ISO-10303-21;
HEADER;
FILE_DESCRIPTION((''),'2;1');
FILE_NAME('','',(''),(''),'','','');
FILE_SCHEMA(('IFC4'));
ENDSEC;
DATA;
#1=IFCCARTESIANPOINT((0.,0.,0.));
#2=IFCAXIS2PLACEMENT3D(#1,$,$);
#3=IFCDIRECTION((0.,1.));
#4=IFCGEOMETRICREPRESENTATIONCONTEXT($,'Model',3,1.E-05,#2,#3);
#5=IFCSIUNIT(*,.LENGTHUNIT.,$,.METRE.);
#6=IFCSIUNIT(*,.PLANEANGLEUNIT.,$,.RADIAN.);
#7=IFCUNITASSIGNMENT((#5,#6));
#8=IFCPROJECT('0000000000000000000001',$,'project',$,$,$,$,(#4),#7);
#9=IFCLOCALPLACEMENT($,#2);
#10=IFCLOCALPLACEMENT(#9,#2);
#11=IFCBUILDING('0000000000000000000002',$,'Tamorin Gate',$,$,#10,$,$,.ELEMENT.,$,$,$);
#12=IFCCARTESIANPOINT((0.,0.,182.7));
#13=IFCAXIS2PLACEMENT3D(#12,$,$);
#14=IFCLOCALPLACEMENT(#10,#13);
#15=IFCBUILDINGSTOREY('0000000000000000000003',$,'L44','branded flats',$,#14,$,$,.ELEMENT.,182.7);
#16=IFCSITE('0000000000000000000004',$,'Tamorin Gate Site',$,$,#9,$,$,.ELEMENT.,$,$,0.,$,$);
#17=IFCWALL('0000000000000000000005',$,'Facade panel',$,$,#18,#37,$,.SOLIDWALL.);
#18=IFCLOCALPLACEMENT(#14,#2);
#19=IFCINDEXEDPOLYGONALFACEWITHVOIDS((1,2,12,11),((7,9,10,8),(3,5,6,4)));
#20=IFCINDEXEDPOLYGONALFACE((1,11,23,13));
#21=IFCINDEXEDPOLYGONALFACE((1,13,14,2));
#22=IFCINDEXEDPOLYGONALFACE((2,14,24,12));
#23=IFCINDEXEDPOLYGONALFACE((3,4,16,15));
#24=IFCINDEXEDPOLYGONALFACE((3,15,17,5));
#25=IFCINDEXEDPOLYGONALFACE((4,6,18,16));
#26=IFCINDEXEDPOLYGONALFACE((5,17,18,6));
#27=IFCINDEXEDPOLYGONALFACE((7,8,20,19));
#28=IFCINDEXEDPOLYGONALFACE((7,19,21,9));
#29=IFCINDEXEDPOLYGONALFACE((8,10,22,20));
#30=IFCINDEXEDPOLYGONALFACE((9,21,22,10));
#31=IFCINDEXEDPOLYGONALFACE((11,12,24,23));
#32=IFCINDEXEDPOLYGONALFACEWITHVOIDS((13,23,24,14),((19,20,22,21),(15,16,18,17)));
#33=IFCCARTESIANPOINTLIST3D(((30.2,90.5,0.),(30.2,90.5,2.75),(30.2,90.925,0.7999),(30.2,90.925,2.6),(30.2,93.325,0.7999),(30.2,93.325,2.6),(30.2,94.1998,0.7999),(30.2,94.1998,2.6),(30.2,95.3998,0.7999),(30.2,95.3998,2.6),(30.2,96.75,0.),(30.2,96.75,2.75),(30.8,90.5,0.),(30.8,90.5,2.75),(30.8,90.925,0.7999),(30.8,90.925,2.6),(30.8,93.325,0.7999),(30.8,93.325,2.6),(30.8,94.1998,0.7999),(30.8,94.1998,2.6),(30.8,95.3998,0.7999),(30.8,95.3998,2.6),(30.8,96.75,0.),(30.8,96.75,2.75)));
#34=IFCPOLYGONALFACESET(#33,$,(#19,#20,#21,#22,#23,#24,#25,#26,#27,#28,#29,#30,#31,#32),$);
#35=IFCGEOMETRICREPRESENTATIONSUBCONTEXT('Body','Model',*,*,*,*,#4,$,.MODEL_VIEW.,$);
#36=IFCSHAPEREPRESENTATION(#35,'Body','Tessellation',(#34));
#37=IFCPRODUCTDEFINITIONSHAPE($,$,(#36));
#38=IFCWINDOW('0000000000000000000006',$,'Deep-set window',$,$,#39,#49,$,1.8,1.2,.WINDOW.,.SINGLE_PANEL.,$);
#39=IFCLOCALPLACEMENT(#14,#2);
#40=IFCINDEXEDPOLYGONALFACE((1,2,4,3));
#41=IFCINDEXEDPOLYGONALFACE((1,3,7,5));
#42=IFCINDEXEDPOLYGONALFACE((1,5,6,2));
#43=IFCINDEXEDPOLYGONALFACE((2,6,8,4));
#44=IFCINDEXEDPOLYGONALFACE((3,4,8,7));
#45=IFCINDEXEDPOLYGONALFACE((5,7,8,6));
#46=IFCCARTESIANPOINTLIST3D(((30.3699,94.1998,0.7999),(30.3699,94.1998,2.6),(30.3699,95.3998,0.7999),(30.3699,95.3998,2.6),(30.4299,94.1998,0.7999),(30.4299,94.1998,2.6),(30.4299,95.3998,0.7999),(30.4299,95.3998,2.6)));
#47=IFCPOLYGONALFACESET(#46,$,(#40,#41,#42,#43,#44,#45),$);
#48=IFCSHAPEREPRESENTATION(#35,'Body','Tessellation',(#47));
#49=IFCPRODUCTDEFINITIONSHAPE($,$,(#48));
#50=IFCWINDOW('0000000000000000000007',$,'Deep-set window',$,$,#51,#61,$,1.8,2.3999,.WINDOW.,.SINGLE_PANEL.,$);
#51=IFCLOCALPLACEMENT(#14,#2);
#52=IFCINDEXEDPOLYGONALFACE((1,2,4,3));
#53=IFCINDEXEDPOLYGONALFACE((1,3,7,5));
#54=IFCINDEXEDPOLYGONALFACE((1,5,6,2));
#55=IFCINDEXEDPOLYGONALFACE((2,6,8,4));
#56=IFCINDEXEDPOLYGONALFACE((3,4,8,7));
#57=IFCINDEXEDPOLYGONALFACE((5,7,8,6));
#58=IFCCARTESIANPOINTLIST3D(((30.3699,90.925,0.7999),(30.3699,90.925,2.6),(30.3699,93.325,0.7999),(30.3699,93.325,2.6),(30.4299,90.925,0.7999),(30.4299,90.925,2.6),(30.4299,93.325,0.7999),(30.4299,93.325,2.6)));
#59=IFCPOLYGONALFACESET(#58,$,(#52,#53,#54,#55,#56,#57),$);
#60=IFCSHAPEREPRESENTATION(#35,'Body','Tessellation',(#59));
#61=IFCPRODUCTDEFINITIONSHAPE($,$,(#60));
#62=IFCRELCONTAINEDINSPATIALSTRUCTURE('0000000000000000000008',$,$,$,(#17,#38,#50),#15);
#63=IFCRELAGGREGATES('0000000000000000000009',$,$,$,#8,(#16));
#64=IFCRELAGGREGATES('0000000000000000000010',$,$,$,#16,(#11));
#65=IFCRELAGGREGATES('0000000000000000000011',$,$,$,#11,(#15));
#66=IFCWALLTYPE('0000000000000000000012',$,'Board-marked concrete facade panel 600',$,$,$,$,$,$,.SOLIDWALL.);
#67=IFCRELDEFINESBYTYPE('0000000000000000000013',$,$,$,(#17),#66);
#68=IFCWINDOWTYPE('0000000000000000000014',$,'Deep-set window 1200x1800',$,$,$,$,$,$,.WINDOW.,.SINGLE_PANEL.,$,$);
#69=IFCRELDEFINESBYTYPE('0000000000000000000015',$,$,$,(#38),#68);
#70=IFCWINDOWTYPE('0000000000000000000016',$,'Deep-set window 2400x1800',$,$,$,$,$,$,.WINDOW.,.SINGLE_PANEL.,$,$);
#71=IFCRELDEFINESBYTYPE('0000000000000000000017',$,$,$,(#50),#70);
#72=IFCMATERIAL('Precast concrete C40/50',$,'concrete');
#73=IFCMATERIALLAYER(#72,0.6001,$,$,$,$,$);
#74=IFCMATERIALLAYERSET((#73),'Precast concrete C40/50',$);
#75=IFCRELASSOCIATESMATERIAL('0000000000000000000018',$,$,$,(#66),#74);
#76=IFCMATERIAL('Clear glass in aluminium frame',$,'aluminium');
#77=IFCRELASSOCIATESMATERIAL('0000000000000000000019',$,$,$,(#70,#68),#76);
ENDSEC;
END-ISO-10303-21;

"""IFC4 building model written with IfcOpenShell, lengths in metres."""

from ifc_helpers import new_model, si_unit, direction, frame, frame_2d, origin, place, context, subcontext, project, spatial, rectangle, extrude, material, layer, layer_set, type_object, element, fill, save


model = new_model("IFC4")

# Units and contexts
model_context = context("Model", 3, precision=1e-05, world=origin(), true_north=direction((0.0, 1.0)))
body_context = subcontext(model_context, "Body", "Model", "MODEL_VIEW")
ifc_project = project(units=[si_unit("LENGTHUNIT", "METRE"), si_unit("PLANEANGLEUNIT", "RADIAN")], contexts=[model_context])

# Site, building, storey
site_placement = place(None, origin())
site = spatial("IfcSite", under=ifc_project, at=site_placement, Name="Tamorin Gate Site", CompositionType="ELEMENT", RefElevation=0.0)
building_placement = place(site_placement, origin())
building = spatial("IfcBuilding", under=site, at=building_placement, Name="Tamorin Gate", CompositionType="ELEMENT")
storey_placement = place(building_placement, frame((0.0, 0.0, 182.7)))
storey = spatial("IfcBuildingStorey", under=building, at=storey_placement, Name="L44", Description="branded flats", CompositionType="ELEMENT", Elevation=182.7)

# Shared definitions
ifc_material_1 = material(Name="Precast concrete C40/50", Category="concrete")
ifc_layer = layer(ifc_material_1, 0.6001)
ifc_layer_set = layer_set([ifc_layer], Name="Precast concrete C40/50")
wall_type = type_object("IfcWallType", Name="Board-marked concrete facade panel 600", PredefinedType="SOLIDWALL", material=ifc_layer_set)

# Shared definitions
ifc_material_2 = material(Name="Clear glass in aluminium frame", Category="aluminium")
window_type_1 = type_object("IfcWindowType", Name="Deep-set window 2400x1800", PartitioningType="SINGLE_PANEL", PredefinedType="WINDOW", material=ifc_material_2)

# Wall, openings, windows
wall_1_placement = place(storey_placement, frame((30.5, 96.75, 0.0), z_axis=(0.0, 0.0, 1.0), x_axis=(0.0, -1.0, 0.0)))
wall_1 = element("IfcWall", 1, at=wall_1_placement, inside=storey, type_object=wall_type, Name="Facade panel", PredefinedType="SOLIDWALL", context=body_context, shape_type="SweptSolid", body=[
    extrude(rectangle(XDim=6.25, YDim=0.6001, at=frame_2d((3.125, 0.0))), origin(), (0.0, 0.0, 1.0), 2.75),
])
opening_1_placement = place(wall_1_placement, frame((3.425, 0.0, 0.8)))
opening_1 = element("IfcOpeningElement", 2, at=opening_1_placement, cuts=wall_1, PredefinedType="OPENING", context=body_context, shape_type="SweptSolid", body=[
    extrude(rectangle(XDim=2.3999, YDim=1.8, at=frame_2d((1.2, 0.8999))), frame((0.0, 0.3101, 0.0), z_axis=(0.0, -1.0, 0.0), x_axis=(1.0, 0.0, 0.0)), (0.0, 0.0, 1.0), 0.6201),
])
opening_2_placement = place(wall_1_placement, frame((1.3501, 0.0, 0.8)))
opening_2 = element("IfcOpeningElement", 3, at=opening_2_placement, cuts=wall_1, PredefinedType="OPENING", context=body_context, shape_type="SweptSolid", body=[
    extrude(rectangle(XDim=1.2, YDim=1.8, at=frame_2d((0.6001, 0.8999))), frame((0.0, 0.3101, 0.0), z_axis=(0.0, -1.0, 0.0), x_axis=(1.0, 0.0, 0.0)), (0.0, 0.0, 1.0), 0.6201),
])
window_type_2 = type_object("IfcWindowType", Name="Deep-set window 1200x1800", PartitioningType="SINGLE_PANEL", PredefinedType="WINDOW", material=ifc_material_2)
window_1_placement = place(opening_2_placement, origin())
window_1 = element("IfcWindow", 4, at=window_1_placement, inside=storey, type_object=window_type_2, Name="Deep-set window", OverallHeight=1.8, OverallWidth=1.2, PartitioningType="SINGLE_PANEL", PredefinedType="WINDOW", context=body_context, shape_type="SweptSolid", body=[
    extrude(rectangle(XDim=1.2, YDim=1.8, at=frame_2d((0.6001, 0.8999))), frame((0.0, -0.0701, 0.0), z_axis=(0.0, -1.0, 0.0), x_axis=(1.0, 0.0, 0.0)), (0.0, 0.0, 1.0), 0.0601),
])
fill(opening_2, window_1)
window_2_placement = place(opening_1_placement, origin())
window_2 = element("IfcWindow", 5, at=window_2_placement, inside=storey, type_object=window_type_1, Name="Deep-set window", OverallHeight=1.8, OverallWidth=2.3999, PartitioningType="SINGLE_PANEL", PredefinedType="WINDOW", context=body_context, shape_type="SweptSolid", body=[
    extrude(rectangle(XDim=2.3999, YDim=1.8, at=frame_2d((1.2, 0.8999))), frame((0.0, -0.0701, 0.0), z_axis=(0.0, -1.0, 0.0), x_axis=(1.0, 0.0, 0.0)), (0.0, 0.0, 1.0), 0.0601),
])
fill(opening_1, window_2)

save(model, "model.ifc")
